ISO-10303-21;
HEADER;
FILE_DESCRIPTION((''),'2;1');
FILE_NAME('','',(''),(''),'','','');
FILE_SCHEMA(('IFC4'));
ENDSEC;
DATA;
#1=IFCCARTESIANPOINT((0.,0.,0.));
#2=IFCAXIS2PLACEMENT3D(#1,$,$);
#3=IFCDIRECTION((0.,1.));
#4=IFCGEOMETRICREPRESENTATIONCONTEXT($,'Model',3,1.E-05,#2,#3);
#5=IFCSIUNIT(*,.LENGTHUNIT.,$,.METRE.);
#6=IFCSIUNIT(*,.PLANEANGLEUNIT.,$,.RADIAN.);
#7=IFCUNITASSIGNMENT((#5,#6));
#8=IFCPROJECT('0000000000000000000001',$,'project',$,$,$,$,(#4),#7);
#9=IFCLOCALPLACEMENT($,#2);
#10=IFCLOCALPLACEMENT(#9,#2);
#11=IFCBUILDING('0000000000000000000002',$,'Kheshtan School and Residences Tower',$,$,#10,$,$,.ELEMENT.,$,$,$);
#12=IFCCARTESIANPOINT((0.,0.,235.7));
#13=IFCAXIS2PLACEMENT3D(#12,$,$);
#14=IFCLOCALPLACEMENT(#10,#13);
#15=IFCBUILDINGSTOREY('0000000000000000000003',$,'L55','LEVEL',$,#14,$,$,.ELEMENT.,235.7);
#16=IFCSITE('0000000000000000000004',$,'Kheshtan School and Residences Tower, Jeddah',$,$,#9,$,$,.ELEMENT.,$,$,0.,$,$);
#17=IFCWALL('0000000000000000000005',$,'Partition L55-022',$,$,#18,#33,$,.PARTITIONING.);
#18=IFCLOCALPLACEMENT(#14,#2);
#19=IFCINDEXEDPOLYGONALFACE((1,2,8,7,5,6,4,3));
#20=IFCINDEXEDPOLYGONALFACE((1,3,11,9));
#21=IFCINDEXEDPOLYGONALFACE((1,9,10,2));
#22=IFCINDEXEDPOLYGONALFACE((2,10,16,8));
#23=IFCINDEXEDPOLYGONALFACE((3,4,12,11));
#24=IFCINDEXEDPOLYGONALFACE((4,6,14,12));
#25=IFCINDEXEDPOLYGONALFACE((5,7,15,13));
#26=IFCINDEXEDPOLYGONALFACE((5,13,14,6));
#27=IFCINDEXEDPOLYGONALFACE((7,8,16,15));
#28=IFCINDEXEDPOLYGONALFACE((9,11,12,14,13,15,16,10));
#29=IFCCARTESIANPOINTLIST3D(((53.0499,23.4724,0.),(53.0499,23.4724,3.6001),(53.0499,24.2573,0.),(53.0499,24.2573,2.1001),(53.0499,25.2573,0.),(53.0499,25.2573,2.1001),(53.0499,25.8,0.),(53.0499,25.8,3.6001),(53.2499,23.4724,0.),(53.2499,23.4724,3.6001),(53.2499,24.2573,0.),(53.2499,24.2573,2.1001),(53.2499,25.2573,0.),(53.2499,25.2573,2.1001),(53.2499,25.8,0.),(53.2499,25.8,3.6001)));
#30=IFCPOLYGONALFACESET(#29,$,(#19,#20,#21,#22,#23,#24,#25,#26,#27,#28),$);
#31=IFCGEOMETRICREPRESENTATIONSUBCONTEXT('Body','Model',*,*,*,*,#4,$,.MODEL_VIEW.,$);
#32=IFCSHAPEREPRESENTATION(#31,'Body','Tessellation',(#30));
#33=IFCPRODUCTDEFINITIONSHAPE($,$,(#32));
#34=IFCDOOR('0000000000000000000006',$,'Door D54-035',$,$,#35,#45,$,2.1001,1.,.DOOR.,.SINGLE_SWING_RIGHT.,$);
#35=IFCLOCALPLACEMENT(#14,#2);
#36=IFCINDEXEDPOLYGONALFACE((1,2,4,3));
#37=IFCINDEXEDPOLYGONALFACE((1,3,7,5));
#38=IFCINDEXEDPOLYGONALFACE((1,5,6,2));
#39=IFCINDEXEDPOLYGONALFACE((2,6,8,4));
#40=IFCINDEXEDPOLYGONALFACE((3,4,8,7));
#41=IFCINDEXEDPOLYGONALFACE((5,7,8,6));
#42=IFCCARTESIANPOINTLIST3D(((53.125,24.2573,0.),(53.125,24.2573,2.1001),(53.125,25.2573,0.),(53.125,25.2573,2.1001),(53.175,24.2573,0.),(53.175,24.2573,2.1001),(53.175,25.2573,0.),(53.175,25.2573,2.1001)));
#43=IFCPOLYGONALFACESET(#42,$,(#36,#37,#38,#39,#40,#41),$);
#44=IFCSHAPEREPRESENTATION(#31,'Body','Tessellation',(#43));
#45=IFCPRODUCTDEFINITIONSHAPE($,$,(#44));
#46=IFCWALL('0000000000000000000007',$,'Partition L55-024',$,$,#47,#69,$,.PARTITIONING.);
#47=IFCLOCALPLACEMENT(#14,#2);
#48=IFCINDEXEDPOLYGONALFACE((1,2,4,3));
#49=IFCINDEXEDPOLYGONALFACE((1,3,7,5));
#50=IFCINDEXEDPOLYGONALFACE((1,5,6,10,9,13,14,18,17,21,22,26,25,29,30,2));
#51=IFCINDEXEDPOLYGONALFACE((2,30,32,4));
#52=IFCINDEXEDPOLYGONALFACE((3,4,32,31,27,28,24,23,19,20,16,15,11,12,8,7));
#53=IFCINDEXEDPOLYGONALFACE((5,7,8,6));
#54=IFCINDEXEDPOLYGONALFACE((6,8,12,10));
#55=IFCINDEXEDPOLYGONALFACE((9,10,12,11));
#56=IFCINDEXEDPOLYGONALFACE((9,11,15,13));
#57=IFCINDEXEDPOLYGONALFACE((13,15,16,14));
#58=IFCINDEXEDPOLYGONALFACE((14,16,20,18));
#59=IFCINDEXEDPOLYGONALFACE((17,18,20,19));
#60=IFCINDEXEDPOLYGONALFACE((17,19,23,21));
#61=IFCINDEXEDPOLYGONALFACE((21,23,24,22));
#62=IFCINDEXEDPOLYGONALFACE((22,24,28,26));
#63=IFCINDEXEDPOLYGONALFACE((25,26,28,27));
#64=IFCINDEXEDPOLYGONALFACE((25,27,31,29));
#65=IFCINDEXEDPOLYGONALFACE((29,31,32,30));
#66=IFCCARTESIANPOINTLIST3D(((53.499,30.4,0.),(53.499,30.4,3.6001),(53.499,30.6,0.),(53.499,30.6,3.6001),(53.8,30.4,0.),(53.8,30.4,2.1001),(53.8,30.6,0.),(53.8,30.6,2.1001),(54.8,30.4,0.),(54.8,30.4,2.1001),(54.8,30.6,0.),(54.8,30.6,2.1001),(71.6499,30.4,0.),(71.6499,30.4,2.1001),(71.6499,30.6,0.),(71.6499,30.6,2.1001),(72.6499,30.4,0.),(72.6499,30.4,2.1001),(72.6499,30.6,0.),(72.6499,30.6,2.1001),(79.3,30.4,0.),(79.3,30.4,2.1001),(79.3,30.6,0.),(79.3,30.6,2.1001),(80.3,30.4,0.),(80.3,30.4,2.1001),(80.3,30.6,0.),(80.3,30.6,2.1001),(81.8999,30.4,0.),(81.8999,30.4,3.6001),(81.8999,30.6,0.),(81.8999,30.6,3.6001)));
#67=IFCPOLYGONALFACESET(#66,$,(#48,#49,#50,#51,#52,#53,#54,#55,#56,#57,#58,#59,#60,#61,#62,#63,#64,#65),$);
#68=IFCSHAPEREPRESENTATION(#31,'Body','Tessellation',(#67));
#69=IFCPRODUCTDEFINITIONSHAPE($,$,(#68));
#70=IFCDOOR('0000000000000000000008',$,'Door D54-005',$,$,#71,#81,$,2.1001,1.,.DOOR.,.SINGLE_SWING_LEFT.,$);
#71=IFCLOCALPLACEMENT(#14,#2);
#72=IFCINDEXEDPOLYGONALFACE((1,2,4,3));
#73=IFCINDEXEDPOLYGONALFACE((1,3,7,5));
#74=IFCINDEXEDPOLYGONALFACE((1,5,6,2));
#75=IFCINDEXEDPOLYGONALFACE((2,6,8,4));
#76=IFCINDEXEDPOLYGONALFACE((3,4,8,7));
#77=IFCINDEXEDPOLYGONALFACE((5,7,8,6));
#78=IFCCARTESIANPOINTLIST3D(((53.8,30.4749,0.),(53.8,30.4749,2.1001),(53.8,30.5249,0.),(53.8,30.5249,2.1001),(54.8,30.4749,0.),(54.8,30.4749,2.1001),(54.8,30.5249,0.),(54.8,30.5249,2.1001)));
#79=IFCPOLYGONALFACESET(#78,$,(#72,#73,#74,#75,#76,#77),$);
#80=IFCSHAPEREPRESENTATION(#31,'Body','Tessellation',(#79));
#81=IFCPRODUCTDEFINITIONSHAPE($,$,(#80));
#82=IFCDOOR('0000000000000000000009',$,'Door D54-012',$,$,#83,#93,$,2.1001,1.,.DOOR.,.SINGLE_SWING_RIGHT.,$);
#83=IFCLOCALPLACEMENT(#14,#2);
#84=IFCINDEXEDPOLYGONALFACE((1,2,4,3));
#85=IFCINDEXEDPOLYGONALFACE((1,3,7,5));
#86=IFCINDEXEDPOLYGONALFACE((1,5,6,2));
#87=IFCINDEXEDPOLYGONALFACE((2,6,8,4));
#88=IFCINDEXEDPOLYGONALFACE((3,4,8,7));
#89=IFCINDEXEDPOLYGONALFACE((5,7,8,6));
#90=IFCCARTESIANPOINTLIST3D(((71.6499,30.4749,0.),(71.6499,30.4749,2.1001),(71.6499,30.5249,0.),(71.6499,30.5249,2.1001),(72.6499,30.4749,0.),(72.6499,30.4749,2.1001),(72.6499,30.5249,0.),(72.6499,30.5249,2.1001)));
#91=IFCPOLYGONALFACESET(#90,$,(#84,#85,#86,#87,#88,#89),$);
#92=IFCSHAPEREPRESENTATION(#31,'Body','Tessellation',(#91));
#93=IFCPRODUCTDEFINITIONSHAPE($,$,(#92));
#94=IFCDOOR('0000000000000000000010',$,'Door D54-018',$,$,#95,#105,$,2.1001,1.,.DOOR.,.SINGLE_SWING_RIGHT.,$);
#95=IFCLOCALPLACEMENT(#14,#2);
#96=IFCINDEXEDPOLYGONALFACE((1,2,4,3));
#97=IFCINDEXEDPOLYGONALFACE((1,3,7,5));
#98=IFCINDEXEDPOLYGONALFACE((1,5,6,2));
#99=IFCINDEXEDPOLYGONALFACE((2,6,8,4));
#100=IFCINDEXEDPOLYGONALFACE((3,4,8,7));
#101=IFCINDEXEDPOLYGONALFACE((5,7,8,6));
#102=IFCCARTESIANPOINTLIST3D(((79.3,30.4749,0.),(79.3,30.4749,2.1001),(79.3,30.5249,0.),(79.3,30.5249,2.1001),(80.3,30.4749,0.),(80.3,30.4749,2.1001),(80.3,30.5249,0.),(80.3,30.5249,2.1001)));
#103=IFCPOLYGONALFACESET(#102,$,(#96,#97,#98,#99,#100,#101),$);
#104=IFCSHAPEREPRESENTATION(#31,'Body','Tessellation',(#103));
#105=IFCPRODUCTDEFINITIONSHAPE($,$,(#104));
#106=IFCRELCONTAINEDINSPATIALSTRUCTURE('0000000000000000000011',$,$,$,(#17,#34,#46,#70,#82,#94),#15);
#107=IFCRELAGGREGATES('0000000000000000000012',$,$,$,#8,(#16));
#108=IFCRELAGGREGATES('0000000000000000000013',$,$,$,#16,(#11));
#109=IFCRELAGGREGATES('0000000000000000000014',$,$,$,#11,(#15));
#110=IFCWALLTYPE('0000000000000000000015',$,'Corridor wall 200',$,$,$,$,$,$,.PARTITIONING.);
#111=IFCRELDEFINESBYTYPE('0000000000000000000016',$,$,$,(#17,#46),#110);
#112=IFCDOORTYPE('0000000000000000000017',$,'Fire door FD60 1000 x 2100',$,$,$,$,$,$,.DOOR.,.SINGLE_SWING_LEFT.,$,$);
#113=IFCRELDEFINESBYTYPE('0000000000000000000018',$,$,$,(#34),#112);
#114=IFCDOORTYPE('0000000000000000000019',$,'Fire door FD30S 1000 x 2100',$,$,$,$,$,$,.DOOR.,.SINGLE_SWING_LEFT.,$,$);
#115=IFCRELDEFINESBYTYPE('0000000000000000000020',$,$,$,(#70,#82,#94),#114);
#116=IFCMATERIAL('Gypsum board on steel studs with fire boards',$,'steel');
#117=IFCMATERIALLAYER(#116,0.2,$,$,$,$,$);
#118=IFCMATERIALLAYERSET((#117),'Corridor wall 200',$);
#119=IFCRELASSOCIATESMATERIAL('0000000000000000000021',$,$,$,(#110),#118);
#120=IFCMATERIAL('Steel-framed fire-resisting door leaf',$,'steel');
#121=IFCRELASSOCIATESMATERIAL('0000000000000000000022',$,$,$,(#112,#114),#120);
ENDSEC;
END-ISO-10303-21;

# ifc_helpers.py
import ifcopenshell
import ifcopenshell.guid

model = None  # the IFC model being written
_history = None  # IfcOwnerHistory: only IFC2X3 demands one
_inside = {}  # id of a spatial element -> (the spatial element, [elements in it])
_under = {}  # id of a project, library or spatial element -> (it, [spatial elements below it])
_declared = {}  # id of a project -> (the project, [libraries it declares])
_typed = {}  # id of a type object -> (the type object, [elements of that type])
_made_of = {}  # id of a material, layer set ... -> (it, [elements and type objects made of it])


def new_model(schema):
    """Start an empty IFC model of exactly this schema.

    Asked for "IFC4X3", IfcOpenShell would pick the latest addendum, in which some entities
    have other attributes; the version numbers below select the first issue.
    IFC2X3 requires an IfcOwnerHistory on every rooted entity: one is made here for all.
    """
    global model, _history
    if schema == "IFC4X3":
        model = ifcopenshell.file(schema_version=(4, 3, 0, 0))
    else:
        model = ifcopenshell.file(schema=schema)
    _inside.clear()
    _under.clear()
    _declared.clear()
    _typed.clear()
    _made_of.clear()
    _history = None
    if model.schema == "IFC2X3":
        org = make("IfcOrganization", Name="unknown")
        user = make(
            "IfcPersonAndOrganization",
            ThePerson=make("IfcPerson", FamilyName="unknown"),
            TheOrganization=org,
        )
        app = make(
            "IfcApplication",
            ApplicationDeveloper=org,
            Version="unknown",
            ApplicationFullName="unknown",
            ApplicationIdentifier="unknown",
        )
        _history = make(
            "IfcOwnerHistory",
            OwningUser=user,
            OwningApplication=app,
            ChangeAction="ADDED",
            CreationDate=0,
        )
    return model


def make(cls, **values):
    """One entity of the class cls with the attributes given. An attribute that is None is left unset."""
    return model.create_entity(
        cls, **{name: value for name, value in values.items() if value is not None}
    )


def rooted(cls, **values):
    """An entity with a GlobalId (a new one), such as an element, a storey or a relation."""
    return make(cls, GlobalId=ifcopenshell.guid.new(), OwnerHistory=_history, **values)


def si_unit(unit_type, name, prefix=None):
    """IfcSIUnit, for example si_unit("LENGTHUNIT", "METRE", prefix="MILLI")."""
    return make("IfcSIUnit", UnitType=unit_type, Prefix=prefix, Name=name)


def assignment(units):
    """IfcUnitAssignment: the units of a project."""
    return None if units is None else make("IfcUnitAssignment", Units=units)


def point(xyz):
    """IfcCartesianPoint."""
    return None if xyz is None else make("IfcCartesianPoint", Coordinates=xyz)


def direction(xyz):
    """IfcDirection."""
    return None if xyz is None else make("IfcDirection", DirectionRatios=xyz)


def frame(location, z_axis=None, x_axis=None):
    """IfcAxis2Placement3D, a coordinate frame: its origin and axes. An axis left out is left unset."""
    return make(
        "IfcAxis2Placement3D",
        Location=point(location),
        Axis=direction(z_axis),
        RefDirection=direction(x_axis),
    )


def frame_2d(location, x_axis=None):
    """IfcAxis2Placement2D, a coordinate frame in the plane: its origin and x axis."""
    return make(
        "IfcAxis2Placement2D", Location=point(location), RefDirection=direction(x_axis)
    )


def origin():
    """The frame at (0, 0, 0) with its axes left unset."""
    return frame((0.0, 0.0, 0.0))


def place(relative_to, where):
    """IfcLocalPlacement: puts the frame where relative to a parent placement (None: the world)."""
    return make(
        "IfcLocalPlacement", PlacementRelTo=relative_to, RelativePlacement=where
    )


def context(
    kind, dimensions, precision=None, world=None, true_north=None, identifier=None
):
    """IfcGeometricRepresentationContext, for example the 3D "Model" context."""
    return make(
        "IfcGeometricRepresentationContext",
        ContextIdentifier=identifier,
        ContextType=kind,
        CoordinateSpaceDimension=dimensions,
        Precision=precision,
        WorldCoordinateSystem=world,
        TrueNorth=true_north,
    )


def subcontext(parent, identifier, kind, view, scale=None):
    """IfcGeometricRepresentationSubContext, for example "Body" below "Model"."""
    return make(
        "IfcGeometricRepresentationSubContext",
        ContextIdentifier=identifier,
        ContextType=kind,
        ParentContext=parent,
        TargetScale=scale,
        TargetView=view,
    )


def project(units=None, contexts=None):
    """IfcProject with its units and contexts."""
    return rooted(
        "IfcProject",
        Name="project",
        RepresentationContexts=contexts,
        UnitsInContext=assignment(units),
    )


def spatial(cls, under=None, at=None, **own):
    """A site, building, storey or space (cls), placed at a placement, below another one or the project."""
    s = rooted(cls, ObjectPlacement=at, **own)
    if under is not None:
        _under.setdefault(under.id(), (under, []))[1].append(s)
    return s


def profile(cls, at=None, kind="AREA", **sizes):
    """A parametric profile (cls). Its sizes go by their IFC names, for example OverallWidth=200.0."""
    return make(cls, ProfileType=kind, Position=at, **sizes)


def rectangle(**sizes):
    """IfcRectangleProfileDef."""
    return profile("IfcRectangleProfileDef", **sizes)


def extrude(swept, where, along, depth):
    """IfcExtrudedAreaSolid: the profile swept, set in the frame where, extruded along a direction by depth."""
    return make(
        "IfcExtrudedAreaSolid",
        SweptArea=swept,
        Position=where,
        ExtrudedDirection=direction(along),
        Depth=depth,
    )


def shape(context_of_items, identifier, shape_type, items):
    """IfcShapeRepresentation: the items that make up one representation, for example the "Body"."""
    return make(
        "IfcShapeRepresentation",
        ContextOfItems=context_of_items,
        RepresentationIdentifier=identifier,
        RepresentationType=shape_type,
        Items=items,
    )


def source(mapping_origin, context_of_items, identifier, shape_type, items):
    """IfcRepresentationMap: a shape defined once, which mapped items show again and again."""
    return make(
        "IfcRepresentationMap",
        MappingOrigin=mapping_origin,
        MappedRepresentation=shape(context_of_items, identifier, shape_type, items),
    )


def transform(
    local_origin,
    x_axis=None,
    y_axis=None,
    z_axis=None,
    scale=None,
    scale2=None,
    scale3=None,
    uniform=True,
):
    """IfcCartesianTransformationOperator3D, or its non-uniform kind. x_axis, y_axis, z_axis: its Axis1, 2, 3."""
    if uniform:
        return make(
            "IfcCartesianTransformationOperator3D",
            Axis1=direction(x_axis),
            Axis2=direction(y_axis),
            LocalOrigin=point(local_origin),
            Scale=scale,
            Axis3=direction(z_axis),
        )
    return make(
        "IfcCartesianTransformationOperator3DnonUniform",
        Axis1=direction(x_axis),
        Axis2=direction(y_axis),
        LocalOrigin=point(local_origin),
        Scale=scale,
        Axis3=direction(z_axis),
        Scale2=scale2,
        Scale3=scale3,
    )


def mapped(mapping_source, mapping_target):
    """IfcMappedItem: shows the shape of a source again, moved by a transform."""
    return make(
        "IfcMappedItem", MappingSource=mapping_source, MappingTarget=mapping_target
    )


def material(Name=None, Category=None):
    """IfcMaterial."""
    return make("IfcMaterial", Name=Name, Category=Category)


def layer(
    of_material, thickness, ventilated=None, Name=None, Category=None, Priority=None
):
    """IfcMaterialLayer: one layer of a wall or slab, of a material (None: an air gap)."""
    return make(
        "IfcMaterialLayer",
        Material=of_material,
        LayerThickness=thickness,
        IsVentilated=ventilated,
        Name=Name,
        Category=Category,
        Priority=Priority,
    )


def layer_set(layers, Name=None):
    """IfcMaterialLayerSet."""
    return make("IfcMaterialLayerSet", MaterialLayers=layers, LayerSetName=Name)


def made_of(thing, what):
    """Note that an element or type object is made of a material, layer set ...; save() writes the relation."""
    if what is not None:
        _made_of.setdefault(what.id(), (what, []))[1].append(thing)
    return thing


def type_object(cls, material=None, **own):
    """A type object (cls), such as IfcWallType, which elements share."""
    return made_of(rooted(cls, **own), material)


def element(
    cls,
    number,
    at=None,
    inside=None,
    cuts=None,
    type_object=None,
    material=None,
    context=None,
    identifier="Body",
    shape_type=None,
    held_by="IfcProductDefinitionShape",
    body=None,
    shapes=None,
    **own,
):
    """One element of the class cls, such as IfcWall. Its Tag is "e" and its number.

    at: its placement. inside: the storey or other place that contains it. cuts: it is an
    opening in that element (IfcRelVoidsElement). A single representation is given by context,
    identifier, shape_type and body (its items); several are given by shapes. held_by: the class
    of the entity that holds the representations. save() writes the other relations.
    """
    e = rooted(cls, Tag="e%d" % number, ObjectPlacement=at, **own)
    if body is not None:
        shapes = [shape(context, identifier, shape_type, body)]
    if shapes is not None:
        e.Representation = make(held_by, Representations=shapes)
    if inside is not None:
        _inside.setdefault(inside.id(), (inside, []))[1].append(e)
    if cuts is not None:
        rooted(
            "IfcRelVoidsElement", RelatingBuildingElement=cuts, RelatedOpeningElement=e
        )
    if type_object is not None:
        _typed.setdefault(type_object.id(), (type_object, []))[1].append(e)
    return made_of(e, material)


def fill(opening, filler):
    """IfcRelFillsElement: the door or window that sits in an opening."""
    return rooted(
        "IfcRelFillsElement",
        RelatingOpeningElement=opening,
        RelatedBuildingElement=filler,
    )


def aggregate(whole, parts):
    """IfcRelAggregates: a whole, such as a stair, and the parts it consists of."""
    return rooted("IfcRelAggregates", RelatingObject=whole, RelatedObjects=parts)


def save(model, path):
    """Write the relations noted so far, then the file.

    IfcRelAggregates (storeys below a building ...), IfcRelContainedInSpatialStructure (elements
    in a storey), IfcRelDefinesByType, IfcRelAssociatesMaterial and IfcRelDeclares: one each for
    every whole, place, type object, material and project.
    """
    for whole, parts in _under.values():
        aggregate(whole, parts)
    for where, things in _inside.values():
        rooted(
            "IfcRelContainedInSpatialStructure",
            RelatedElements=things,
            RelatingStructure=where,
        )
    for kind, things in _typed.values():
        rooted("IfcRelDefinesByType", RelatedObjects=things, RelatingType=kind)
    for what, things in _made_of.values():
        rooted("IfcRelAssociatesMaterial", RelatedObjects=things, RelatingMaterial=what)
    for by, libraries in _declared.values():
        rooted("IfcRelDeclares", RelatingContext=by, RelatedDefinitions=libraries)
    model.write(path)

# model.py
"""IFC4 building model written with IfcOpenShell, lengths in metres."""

from ifc_helpers import new_model, si_unit, direction, frame, frame_2d, origin, place, context, subcontext, project, spatial, rectangle, extrude, source, transform, mapped, material, layer, layer_set, type_object, element, fill, save


model = new_model("IFC4")

# Units and contexts
model_context = context("Model", 3, precision=1e-05, world=origin(), true_north=direction((0.0, 1.0)))
body_context = subcontext(model_context, "Body", "Model", "MODEL_VIEW")
ifc_project = project(units=[si_unit("LENGTHUNIT", "METRE"), si_unit("PLANEANGLEUNIT", "RADIAN")], contexts=[model_context])

# Site, building, storey
site_placement = place(None, origin())
site = spatial("IfcSite", under=ifc_project, at=site_placement, Name="Kheshtan School and Residences Tower, Jeddah", CompositionType="ELEMENT", RefElevation=0.0)
building_placement = place(site_placement, origin())
building = spatial("IfcBuilding", under=site, at=building_placement, Name="Kheshtan School and Residences Tower", CompositionType="ELEMENT")
storey_placement = place(building_placement, frame((0.0, 0.0, 235.7)))
storey = spatial("IfcBuildingStorey", under=building, at=storey_placement, Name="L55", Description="LEVEL", CompositionType="ELEMENT", Elevation=235.7)

# Wall, opening, door
ifc_material_1 = material(Name="Gypsum board on steel studs with fire boards", Category="steel")
ifc_layer_1 = layer(ifc_material_1, 0.2)
ifc_layer_set_1 = layer_set([ifc_layer_1], Name="Corridor wall 200")
wall_type_1 = type_object("IfcWallType", Name="Corridor wall 200", PredefinedType="PARTITIONING", material=ifc_layer_set_1)
wall_1_placement = place(storey_placement, frame((53.1499, 23.4724, 0.0), z_axis=(0.0, 0.0, 1.0), x_axis=(0.0, 1.0, 0.0)))
wall_1 = element("IfcWall", 1, at=wall_1_placement, inside=storey, type_object=wall_type_1, Name="Partition L55-022", PredefinedType="PARTITIONING", context=body_context, shape_type="SweptSolid", body=[
    extrude(rectangle(XDim=2.3276, YDim=0.2, at=frame_2d((1.1638, 0.0))), origin(), (0.0, 0.0, 1.0), 3.6001),
])
opening_1_placement = place(wall_1_placement, frame((0.7849, 0.0, 0.0)))
opening_1 = element("IfcOpeningElement", 2, at=opening_1_placement, cuts=wall_1, PredefinedType="OPENING", context=body_context, shape_type="SweptSolid", body=[
    extrude(rectangle(XDim=1.0, YDim=2.1001, at=frame_2d((0.5, 1.05))), frame((0.0, 0.1099, 0.0), z_axis=(0.0, -1.0, 0.0), x_axis=(1.0, 0.0, 0.0)), (0.0, 0.0, 1.0), 0.22),
])
ifc_material_2 = material(Name="Steel-framed fire-resisting door leaf", Category="steel")
door_type_1 = type_object("IfcDoorType", Name="Fire door FD60 1000 x 2100", OperationType="SINGLE_SWING_LEFT", PredefinedType="DOOR", material=ifc_material_2)
shared_shape_1 = source(origin(), body_context, "Body", "SweptSolid", [
    extrude(rectangle(XDim=1.0, YDim=2.1001, at=frame_2d((0.5, 1.05))), frame((0.0, 0.0249, 0.0), z_axis=(0.0, -1.0, 0.0), x_axis=(1.0, 0.0, 0.0)), (0.0, 0.0, 1.0), 0.05),
])
door_1_placement = place(opening_1_placement, origin())
door_1 = element("IfcDoor", 3, at=door_1_placement, inside=storey, type_object=door_type_1, Name="Door D54-035", OperationType="SINGLE_SWING_RIGHT", OverallHeight=2.1001, OverallWidth=1.0, PredefinedType="DOOR", context=body_context, shape_type="MappedRepresentation", body=[
    mapped(shared_shape_1, transform((0.0, 0.0, 0.0), x_axis=(1.0, 0.0, 0.0), y_axis=(0.0, 1.0, 0.0), z_axis=(0.0, 0.0, 1.0), scale=1.0)),
])
fill(opening_1, door_1)

# Wall, openings, doors
wall_2_placement = place(storey_placement, frame((53.499, 30.5, 0.0), z_axis=(0.0, 0.0, 1.0), x_axis=(1.0, 0.0, 0.0)))
wall_2 = element("IfcWall", 4, at=wall_2_placement, inside=storey, type_object=wall_type_1, Name="Partition L55-024", PredefinedType="PARTITIONING", context=body_context, shape_type="SweptSolid", body=[
    extrude(rectangle(XDim=28.4009, YDim=0.2, at=frame_2d((14.2004, 0.0))), origin(), (0.0, 0.0, 1.0), 3.6001),
])
opening_2_placement = place(wall_2_placement, frame((0.301, 0.0, 0.0)))
opening_2 = element("IfcOpeningElement", 5, at=opening_2_placement, cuts=wall_2, PredefinedType="OPENING", context=body_context, shape_type="SweptSolid", body=[
    extrude(rectangle(XDim=1.0, YDim=2.1001, at=frame_2d((0.5, 1.05))), frame((0.0, 0.1099, 0.0), z_axis=(0.0, -1.0, 0.0), x_axis=(1.0, 0.0, 0.0)), (0.0, 0.0, 1.0), 0.22),
])
opening_3_placement = place(wall_2_placement, frame((18.1509, 0.0, 0.0)))
opening_3 = element("IfcOpeningElement", 6, at=opening_3_placement, cuts=wall_2, PredefinedType="OPENING", context=body_context, shape_type="SweptSolid", body=[
    extrude(rectangle(XDim=1.0, YDim=2.1001, at=frame_2d((0.5, 1.05))), frame((0.0, 0.1099, 0.0), z_axis=(0.0, -1.0, 0.0), x_axis=(1.0, 0.0, 0.0)), (0.0, 0.0, 1.0), 0.22),
])
opening_4_placement = place(wall_2_placement, frame((25.801, 0.0, 0.0)))
opening_4 = element("IfcOpeningElement", 7, at=opening_4_placement, cuts=wall_2, PredefinedType="OPENING", context=body_context, shape_type="SweptSolid", body=[
    extrude(rectangle(XDim=1.0, YDim=2.1001, at=frame_2d((0.5, 1.05))), frame((0.0, 0.1099, 0.0), z_axis=(0.0, -1.0, 0.0), x_axis=(1.0, 0.0, 0.0)), (0.0, 0.0, 1.0), 0.22),
])
door_type_2 = type_object("IfcDoorType", Name="Fire door FD30S 1000 x 2100", OperationType="SINGLE_SWING_LEFT", PredefinedType="DOOR", material=ifc_material_2)
shared_shape_2 = source(origin(), body_context, "Body", "SweptSolid", [
    extrude(rectangle(XDim=1.0, YDim=2.1001, at=frame_2d((0.5, 1.05))), frame((0.0, 0.0249, 0.0), z_axis=(0.0, -1.0, 0.0), x_axis=(1.0, 0.0, 0.0)), (0.0, 0.0, 1.0), 0.05),
])
door_2_placement = place(opening_2_placement, origin())
door_2 = element("IfcDoor", 8, at=door_2_placement, inside=storey, type_object=door_type_2, Name="Door D54-005", OperationType="SINGLE_SWING_LEFT", OverallHeight=2.1001, OverallWidth=1.0, PredefinedType="DOOR", context=body_context, shape_type="MappedRepresentation", body=[
    mapped(shared_shape_2, transform((0.0, 0.0, 0.0), x_axis=(1.0, 0.0, 0.0), y_axis=(0.0, 1.0, 0.0), z_axis=(0.0, 0.0, 1.0), scale=1.0)),
])
fill(opening_2, door_2)
door_3_placement = place(opening_3_placement, origin())
door_3 = element("IfcDoor", 9, at=door_3_placement, inside=storey, type_object=door_type_2, Name="Door D54-012", OperationType="SINGLE_SWING_RIGHT", OverallHeight=2.1001, OverallWidth=1.0, PredefinedType="DOOR", context=body_context, shape_type="MappedRepresentation", body=[
    mapped(shared_shape_2, transform((0.0, 0.0, 0.0), x_axis=(1.0, 0.0, 0.0), y_axis=(0.0, 1.0, 0.0), z_axis=(0.0, 0.0, 1.0), scale=1.0)),
])
fill(opening_3, door_3)
door_4_placement = place(opening_4_placement, origin())
door_4 = element("IfcDoor", 10, at=door_4_placement, inside=storey, type_object=door_type_2, Name="Door D54-018", OperationType="SINGLE_SWING_RIGHT", OverallHeight=2.1001, OverallWidth=1.0, PredefinedType="DOOR", context=body_context, shape_type="MappedRepresentation", body=[
    mapped(shared_shape_2, transform((0.0, 0.0, 0.0), x_axis=(1.0, 0.0, 0.0), y_axis=(0.0, 1.0, 0.0), z_axis=(0.0, 0.0, 1.0), scale=1.0)),
])
fill(opening_4, door_4)

save(model, "model.ifc")
